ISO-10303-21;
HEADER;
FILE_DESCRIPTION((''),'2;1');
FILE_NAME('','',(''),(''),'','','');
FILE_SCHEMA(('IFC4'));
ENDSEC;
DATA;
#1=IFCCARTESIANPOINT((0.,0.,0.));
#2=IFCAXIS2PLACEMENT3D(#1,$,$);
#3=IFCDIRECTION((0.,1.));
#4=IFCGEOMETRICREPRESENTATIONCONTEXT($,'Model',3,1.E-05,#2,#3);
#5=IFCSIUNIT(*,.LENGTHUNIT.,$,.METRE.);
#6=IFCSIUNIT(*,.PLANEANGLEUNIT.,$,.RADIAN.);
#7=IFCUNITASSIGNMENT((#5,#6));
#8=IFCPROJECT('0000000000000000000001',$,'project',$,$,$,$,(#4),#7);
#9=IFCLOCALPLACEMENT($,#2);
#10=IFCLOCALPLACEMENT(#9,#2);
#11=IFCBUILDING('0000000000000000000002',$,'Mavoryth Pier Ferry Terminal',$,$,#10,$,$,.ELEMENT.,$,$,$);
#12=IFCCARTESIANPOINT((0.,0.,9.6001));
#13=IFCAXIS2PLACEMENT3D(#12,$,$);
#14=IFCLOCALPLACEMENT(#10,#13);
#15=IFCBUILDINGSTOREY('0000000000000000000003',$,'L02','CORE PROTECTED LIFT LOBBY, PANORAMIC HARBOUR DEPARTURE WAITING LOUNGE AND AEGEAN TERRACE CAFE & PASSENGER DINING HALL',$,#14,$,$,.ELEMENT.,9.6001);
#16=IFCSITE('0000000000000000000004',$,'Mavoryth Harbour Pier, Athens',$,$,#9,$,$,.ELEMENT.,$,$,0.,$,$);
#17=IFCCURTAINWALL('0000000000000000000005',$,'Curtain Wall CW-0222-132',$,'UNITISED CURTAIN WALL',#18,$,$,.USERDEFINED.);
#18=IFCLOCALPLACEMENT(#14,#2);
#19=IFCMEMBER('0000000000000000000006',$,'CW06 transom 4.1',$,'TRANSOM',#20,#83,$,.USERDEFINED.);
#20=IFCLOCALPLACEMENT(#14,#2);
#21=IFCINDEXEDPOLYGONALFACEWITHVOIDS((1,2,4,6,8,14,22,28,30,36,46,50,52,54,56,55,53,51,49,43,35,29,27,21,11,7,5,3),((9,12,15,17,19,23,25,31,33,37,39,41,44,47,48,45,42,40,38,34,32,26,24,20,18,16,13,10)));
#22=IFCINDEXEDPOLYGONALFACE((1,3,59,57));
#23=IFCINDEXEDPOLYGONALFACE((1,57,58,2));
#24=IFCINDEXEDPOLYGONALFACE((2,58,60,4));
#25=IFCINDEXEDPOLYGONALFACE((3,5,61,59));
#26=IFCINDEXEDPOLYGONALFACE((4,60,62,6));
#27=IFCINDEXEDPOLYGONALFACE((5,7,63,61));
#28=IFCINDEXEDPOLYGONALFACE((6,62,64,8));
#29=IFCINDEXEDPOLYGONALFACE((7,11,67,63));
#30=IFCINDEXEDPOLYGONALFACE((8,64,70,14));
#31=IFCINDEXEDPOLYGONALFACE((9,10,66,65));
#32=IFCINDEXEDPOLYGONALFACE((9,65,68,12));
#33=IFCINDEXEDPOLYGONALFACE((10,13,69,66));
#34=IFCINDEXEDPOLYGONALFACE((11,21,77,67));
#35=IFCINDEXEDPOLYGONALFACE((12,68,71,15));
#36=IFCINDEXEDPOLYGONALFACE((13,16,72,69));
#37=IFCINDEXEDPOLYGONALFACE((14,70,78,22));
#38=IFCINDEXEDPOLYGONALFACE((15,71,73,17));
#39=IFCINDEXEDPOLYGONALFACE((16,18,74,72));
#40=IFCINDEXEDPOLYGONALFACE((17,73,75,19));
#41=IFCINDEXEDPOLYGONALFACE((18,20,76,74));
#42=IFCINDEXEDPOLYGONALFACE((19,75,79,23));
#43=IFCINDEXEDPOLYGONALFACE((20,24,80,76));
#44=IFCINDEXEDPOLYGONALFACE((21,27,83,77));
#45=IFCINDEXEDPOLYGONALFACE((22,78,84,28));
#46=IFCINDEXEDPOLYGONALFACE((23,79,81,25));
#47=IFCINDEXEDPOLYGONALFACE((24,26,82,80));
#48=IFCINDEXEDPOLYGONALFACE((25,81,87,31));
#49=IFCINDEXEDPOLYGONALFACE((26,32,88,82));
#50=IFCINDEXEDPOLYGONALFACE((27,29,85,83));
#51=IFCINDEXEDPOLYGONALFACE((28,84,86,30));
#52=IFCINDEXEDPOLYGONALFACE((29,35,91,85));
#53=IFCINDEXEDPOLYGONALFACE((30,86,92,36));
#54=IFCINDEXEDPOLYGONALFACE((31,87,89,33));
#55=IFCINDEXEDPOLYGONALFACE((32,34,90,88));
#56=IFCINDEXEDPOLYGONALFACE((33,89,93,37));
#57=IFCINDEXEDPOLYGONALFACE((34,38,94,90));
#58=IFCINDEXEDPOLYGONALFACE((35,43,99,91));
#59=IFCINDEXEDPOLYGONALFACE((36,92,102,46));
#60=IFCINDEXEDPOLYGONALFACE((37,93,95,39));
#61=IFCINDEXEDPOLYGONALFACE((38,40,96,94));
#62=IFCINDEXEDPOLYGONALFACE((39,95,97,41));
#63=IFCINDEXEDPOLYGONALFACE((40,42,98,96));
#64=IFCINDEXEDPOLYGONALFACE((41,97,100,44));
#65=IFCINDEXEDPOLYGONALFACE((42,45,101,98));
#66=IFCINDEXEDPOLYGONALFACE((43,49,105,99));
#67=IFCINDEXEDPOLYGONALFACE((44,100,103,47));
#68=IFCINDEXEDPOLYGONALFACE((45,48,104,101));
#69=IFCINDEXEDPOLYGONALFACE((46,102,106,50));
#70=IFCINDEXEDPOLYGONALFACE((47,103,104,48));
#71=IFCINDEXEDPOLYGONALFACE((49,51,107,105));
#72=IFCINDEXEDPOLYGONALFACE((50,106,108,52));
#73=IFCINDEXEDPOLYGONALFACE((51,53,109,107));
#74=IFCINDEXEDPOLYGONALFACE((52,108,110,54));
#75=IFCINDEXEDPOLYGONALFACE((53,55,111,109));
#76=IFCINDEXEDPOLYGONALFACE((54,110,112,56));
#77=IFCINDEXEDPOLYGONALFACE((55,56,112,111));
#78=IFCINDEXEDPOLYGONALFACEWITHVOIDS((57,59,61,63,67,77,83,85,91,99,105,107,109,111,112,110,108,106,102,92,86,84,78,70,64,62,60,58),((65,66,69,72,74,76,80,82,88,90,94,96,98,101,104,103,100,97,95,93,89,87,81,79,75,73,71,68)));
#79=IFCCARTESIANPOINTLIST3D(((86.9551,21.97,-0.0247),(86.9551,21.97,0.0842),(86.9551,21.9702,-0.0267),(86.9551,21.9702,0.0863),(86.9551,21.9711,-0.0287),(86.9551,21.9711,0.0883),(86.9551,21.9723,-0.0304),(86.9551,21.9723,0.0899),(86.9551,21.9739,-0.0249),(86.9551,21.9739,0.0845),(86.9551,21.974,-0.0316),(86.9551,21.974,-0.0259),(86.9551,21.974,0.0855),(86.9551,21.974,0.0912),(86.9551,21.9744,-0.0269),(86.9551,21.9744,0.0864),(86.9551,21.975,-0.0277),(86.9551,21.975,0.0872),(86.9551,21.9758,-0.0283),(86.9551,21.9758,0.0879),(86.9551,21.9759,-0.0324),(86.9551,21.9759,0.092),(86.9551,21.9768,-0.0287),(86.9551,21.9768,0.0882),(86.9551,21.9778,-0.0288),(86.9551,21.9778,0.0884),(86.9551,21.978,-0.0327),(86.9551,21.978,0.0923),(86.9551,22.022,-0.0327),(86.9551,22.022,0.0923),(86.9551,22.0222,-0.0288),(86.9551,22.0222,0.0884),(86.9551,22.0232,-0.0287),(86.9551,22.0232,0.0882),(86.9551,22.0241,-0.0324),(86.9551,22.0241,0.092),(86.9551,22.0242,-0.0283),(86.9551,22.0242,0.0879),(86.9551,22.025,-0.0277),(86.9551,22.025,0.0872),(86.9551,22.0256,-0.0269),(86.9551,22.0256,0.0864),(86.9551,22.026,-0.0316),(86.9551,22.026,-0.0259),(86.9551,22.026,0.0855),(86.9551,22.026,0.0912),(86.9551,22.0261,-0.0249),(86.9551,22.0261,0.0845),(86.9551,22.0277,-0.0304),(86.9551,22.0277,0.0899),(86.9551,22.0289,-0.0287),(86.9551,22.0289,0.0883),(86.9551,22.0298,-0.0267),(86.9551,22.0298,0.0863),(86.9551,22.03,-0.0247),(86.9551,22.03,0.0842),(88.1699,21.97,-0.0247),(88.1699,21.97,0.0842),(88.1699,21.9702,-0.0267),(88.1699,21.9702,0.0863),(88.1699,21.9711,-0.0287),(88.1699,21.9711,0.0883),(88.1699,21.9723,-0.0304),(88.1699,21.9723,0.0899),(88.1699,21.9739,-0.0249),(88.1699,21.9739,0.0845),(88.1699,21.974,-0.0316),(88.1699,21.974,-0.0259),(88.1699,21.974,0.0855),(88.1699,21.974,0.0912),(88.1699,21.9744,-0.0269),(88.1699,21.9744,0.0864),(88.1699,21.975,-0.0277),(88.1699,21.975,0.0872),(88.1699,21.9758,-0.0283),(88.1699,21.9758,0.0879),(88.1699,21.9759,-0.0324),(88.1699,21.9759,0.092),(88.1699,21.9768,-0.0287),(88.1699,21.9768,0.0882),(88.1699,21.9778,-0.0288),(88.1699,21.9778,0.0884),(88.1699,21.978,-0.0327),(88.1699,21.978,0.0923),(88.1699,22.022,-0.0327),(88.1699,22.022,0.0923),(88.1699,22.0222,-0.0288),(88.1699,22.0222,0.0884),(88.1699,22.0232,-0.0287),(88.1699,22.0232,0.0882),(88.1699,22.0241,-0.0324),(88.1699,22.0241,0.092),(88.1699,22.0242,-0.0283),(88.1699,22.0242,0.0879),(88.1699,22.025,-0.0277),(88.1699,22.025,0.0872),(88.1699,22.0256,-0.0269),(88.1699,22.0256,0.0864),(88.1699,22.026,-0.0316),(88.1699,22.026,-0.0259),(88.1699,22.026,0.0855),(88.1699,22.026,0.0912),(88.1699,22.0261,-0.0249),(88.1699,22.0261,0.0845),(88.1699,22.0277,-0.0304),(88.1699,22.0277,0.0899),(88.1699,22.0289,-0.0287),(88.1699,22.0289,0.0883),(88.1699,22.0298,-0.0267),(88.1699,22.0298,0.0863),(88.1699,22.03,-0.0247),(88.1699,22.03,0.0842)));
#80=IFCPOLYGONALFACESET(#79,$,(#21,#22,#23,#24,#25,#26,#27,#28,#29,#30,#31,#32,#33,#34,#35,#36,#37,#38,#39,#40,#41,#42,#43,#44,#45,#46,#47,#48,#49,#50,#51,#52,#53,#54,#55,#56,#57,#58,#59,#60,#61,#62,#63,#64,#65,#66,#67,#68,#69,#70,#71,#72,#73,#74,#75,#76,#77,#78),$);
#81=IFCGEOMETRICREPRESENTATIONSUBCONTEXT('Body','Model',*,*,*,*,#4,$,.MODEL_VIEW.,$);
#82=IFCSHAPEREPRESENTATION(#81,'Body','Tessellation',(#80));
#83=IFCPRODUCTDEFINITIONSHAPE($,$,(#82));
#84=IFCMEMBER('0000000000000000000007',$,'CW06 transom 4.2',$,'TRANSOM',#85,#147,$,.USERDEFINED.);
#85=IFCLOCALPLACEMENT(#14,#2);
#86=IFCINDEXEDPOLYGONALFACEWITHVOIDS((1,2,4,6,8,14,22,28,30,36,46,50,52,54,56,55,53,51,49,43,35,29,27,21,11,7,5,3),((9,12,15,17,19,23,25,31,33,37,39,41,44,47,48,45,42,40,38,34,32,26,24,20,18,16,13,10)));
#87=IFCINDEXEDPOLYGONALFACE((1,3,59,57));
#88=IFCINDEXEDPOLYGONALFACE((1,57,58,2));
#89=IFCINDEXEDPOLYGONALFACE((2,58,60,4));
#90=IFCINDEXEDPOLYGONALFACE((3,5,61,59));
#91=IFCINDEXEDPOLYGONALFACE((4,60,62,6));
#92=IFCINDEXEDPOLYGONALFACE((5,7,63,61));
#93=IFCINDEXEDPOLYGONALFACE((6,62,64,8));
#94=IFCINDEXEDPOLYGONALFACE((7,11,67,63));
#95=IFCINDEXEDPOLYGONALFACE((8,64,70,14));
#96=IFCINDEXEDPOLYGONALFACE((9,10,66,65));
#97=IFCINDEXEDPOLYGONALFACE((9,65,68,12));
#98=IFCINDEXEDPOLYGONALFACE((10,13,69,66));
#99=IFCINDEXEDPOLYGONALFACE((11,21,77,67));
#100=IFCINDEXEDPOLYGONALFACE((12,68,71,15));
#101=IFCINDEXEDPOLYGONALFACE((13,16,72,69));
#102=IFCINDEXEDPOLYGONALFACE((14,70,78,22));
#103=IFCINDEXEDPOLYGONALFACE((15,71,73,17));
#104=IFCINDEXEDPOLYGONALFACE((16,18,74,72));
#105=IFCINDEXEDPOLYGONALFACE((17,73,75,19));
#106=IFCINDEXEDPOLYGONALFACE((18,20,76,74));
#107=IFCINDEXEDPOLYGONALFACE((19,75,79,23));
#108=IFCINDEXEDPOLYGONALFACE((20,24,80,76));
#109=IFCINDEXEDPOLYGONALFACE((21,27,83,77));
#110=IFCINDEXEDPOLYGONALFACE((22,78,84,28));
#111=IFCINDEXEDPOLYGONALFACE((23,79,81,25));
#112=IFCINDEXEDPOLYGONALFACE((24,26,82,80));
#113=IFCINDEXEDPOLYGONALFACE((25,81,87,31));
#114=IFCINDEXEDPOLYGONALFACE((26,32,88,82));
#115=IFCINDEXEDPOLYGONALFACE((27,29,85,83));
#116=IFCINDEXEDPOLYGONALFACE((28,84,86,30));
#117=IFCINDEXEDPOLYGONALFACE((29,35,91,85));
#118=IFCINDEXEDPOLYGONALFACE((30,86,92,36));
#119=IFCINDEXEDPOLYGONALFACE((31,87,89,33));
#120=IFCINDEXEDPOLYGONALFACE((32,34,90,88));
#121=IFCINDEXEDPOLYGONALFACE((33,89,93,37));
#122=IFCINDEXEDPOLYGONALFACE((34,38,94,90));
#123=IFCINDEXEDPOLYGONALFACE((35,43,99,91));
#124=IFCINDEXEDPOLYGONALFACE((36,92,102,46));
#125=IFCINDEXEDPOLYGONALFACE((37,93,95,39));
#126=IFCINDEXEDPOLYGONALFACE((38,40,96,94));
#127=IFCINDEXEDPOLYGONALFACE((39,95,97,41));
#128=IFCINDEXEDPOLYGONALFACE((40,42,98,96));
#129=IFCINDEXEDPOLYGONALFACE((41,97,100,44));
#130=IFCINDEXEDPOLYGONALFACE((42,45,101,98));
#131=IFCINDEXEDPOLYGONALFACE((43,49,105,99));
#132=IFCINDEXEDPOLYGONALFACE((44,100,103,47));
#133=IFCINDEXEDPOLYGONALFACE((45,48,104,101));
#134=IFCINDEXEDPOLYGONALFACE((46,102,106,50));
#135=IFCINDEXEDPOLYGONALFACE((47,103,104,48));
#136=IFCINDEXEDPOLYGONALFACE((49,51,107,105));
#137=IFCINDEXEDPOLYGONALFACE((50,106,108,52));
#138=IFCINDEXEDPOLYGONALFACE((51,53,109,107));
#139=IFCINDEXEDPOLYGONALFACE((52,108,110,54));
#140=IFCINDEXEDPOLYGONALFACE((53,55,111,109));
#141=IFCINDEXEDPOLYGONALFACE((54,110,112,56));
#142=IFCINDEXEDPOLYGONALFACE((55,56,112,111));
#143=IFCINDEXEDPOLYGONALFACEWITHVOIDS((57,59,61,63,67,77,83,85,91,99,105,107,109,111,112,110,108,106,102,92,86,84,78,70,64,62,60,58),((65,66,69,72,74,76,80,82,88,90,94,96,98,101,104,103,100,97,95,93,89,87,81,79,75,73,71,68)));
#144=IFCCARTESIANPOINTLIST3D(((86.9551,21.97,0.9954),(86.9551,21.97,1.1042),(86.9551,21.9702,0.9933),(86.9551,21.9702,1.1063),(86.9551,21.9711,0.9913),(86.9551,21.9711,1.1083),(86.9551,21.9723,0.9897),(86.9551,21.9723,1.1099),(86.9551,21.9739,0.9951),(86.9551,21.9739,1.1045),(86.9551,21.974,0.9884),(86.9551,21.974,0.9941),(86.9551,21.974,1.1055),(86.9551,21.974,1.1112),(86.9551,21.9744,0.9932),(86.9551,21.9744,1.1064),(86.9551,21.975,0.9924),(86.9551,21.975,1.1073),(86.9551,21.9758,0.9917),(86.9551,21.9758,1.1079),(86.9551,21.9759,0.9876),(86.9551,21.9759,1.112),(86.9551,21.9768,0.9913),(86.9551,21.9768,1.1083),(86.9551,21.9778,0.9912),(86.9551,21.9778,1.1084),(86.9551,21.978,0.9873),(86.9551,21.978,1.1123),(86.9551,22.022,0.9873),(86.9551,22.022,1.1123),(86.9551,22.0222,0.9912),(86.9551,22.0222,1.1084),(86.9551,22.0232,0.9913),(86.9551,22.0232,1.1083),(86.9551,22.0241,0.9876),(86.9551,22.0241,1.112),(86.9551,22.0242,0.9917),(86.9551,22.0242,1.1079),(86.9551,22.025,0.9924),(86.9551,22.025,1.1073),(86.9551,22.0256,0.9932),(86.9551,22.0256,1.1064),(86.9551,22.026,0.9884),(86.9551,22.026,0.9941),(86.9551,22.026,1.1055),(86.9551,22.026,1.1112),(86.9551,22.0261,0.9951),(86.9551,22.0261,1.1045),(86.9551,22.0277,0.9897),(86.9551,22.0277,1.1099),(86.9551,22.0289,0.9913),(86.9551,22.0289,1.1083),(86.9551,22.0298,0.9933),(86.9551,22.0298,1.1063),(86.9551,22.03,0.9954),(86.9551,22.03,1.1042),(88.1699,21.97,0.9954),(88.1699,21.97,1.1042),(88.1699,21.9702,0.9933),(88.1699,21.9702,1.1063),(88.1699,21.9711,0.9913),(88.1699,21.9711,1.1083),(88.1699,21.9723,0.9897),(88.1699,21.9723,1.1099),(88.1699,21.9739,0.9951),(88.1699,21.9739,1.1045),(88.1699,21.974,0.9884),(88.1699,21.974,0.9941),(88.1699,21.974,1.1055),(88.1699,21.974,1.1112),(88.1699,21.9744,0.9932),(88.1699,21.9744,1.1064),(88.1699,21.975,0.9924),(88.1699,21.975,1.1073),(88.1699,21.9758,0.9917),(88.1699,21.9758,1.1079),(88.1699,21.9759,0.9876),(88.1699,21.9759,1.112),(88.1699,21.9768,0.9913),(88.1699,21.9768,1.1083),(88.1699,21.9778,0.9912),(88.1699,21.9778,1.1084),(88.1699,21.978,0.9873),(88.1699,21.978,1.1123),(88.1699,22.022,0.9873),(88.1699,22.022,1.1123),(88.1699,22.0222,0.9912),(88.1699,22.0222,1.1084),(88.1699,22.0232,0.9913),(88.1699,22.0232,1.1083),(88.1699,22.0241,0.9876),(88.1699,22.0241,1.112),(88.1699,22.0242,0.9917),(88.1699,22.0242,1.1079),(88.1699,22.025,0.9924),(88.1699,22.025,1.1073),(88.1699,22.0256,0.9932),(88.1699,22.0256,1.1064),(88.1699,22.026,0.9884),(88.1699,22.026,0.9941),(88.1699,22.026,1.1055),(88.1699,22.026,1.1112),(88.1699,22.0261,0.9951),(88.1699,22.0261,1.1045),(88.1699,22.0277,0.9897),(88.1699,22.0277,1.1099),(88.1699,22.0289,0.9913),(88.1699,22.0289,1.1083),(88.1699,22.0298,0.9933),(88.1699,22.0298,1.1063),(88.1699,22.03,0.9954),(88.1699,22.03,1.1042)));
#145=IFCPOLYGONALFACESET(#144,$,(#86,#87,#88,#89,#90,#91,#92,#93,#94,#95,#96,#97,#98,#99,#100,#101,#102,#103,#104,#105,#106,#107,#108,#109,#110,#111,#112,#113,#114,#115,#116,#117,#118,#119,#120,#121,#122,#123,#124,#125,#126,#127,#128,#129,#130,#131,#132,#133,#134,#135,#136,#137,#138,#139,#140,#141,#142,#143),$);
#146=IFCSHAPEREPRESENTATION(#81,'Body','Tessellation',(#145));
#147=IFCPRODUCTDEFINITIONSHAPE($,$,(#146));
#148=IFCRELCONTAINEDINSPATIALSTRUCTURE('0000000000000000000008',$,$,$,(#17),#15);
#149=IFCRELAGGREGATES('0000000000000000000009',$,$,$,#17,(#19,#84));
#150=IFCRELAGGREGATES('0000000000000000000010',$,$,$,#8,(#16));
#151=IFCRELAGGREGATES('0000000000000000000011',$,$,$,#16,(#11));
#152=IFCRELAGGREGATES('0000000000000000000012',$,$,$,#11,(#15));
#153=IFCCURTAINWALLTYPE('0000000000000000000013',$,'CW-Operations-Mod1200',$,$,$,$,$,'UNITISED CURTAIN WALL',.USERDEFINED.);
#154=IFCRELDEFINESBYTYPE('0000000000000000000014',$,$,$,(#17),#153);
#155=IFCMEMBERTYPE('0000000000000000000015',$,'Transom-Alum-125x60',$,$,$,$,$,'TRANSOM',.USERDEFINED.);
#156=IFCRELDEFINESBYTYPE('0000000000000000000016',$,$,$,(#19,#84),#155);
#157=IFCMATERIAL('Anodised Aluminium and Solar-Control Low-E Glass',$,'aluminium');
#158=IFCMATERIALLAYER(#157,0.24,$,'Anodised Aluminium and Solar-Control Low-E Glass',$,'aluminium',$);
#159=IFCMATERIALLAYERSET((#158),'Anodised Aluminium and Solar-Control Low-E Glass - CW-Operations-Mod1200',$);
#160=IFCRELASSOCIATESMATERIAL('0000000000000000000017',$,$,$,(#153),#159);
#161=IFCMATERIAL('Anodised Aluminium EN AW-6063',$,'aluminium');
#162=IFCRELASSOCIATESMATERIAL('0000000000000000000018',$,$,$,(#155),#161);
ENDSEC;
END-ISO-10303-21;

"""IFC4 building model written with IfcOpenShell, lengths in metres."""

from ifc_helpers import new_model, si_unit, direction, frame, origin, origin_2d, place, context, subcontext, project, spatial, hollow_rectangle, extrude, material, layer, layer_set, material_profile, profile_set, type_object, element, aggregate, save


model = new_model("IFC4")

# Units and contexts
model_context = context("Model", 3, precision=1e-05, world=origin(), true_north=direction((0.0, 1.0)))
body_context = subcontext(model_context, "Body", "Model", "MODEL_VIEW")
ifc_project = project(units=[si_unit("LENGTHUNIT", "METRE"), si_unit("PLANEANGLEUNIT", "RADIAN")], contexts=[model_context])

# Site, building, storey
site_placement = place(None, origin())
site = spatial("IfcSite", under=ifc_project, at=site_placement, Name="Mavoryth Harbour Pier, Athens", CompositionType="ELEMENT", RefElevation=0.0)
building_placement = place(site_placement, origin())
building = spatial("IfcBuilding", under=site, at=building_placement, Name="Mavoryth Pier Ferry Terminal", CompositionType="ELEMENT")
storey_placement = place(building_placement, frame((0.0, 0.0, 9.6001)))
storey = spatial("IfcBuildingStorey", under=building, at=storey_placement, Name="L02", Description="CORE PROTECTED LIFT LOBBY, PANORAMIC HARBOUR DEPARTURE WAITING LOUNGE AND AEGEAN TERRACE CAFE & PASSENGER DINING HALL", CompositionType="ELEMENT", Elevation=9.6001)

# Curtain wall
ifc_material_1 = material(Name="Anodised Aluminium and Solar-Control Low-E Glass", Category="aluminium")
ifc_layer_1 = layer(ifc_material_1, 0.24, Name="Anodised Aluminium and Solar-Control Low-E Glass", Category="aluminium")
ifc_layer_set_1 = layer_set([ifc_layer_1], Name="Anodised Aluminium and Solar-Control Low-E Glass - CW-Operations-Mod1200")
curtain_wall_type = type_object("IfcCurtainWallType", Name="CW-Operations-Mod1200", ElementType="UNITISED CURTAIN WALL", PredefinedType="USERDEFINED", material=ifc_layer_set_1)
curtain_wall_placement = place(storey_placement, origin())
curtain_wall = element("IfcCurtainWall", 1, at=curtain_wall_placement, inside=storey, type_object=curtain_wall_type, Name="Curtain Wall CW-0222-132", ObjectType="UNITISED CURTAIN WALL", PredefinedType="USERDEFINED")
ifc_material_2 = material(Name="Anodised Aluminium EN AW-6063", Category="aluminium")

# Members
ifc_material_profile_1 = material_profile(ifc_material_2, hollow_rectangle(XDim=0.0601, YDim=0.125, WallThickness=0.0039, InnerFilletRadius=0.0039, OuterFilletRadius=0.0081, at=origin_2d()), Name="AL-TRAN 125x60x4", Category="aluminium")
ifc_profile_set_1 = profile_set([ifc_material_profile_1], Name="Anodised Aluminium EN AW-6063 - AL-TRAN 125x60x4")
member_type_1 = type_object("IfcMemberType", Name="Transom-Alum-125x60", ElementType="TRANSOM", PredefinedType="USERDEFINED", material=ifc_profile_set_1)
member_1_placement = place(storey_placement, frame((88.1699, 22.0, 0.0298), z_axis=(-1.0, 0.0, 0.0), x_axis=(0.0, -1.0, 0.0)))
member_1 = element("IfcMember", 2, at=member_1_placement, type_object=member_type_1, Name="CW06 transom 4.1", ObjectType="TRANSOM", PredefinedType="USERDEFINED", context=body_context, shape_type="SweptSolid", body=[
    extrude(hollow_rectangle(XDim=0.0601, YDim=0.125, WallThickness=0.0039, InnerFilletRadius=0.0039, OuterFilletRadius=0.0081, at=origin_2d()), origin(), (0.0, 0.0, 1.0), 1.2148),
])
member_2_placement = place(storey_placement, frame((88.1699, 22.0, 1.0498), z_axis=(-1.0, 0.0, 0.0), x_axis=(0.0, -1.0, 0.0)))
member_2 = element("IfcMember", 3, at=member_2_placement, type_object=member_type_1, Name="CW06 transom 4.2", ObjectType="TRANSOM", PredefinedType="USERDEFINED", context=body_context, shape_type="SweptSolid", body=[
    extrude(hollow_rectangle(XDim=0.0601, YDim=0.125, WallThickness=0.0039, InnerFilletRadius=0.0039, OuterFilletRadius=0.0081, at=origin_2d()), origin(), (0.0, 0.0, 1.0), 1.2148),
])

aggregate(curtain_wall, [member_1, member_2])

save(model, "model.ifc")
